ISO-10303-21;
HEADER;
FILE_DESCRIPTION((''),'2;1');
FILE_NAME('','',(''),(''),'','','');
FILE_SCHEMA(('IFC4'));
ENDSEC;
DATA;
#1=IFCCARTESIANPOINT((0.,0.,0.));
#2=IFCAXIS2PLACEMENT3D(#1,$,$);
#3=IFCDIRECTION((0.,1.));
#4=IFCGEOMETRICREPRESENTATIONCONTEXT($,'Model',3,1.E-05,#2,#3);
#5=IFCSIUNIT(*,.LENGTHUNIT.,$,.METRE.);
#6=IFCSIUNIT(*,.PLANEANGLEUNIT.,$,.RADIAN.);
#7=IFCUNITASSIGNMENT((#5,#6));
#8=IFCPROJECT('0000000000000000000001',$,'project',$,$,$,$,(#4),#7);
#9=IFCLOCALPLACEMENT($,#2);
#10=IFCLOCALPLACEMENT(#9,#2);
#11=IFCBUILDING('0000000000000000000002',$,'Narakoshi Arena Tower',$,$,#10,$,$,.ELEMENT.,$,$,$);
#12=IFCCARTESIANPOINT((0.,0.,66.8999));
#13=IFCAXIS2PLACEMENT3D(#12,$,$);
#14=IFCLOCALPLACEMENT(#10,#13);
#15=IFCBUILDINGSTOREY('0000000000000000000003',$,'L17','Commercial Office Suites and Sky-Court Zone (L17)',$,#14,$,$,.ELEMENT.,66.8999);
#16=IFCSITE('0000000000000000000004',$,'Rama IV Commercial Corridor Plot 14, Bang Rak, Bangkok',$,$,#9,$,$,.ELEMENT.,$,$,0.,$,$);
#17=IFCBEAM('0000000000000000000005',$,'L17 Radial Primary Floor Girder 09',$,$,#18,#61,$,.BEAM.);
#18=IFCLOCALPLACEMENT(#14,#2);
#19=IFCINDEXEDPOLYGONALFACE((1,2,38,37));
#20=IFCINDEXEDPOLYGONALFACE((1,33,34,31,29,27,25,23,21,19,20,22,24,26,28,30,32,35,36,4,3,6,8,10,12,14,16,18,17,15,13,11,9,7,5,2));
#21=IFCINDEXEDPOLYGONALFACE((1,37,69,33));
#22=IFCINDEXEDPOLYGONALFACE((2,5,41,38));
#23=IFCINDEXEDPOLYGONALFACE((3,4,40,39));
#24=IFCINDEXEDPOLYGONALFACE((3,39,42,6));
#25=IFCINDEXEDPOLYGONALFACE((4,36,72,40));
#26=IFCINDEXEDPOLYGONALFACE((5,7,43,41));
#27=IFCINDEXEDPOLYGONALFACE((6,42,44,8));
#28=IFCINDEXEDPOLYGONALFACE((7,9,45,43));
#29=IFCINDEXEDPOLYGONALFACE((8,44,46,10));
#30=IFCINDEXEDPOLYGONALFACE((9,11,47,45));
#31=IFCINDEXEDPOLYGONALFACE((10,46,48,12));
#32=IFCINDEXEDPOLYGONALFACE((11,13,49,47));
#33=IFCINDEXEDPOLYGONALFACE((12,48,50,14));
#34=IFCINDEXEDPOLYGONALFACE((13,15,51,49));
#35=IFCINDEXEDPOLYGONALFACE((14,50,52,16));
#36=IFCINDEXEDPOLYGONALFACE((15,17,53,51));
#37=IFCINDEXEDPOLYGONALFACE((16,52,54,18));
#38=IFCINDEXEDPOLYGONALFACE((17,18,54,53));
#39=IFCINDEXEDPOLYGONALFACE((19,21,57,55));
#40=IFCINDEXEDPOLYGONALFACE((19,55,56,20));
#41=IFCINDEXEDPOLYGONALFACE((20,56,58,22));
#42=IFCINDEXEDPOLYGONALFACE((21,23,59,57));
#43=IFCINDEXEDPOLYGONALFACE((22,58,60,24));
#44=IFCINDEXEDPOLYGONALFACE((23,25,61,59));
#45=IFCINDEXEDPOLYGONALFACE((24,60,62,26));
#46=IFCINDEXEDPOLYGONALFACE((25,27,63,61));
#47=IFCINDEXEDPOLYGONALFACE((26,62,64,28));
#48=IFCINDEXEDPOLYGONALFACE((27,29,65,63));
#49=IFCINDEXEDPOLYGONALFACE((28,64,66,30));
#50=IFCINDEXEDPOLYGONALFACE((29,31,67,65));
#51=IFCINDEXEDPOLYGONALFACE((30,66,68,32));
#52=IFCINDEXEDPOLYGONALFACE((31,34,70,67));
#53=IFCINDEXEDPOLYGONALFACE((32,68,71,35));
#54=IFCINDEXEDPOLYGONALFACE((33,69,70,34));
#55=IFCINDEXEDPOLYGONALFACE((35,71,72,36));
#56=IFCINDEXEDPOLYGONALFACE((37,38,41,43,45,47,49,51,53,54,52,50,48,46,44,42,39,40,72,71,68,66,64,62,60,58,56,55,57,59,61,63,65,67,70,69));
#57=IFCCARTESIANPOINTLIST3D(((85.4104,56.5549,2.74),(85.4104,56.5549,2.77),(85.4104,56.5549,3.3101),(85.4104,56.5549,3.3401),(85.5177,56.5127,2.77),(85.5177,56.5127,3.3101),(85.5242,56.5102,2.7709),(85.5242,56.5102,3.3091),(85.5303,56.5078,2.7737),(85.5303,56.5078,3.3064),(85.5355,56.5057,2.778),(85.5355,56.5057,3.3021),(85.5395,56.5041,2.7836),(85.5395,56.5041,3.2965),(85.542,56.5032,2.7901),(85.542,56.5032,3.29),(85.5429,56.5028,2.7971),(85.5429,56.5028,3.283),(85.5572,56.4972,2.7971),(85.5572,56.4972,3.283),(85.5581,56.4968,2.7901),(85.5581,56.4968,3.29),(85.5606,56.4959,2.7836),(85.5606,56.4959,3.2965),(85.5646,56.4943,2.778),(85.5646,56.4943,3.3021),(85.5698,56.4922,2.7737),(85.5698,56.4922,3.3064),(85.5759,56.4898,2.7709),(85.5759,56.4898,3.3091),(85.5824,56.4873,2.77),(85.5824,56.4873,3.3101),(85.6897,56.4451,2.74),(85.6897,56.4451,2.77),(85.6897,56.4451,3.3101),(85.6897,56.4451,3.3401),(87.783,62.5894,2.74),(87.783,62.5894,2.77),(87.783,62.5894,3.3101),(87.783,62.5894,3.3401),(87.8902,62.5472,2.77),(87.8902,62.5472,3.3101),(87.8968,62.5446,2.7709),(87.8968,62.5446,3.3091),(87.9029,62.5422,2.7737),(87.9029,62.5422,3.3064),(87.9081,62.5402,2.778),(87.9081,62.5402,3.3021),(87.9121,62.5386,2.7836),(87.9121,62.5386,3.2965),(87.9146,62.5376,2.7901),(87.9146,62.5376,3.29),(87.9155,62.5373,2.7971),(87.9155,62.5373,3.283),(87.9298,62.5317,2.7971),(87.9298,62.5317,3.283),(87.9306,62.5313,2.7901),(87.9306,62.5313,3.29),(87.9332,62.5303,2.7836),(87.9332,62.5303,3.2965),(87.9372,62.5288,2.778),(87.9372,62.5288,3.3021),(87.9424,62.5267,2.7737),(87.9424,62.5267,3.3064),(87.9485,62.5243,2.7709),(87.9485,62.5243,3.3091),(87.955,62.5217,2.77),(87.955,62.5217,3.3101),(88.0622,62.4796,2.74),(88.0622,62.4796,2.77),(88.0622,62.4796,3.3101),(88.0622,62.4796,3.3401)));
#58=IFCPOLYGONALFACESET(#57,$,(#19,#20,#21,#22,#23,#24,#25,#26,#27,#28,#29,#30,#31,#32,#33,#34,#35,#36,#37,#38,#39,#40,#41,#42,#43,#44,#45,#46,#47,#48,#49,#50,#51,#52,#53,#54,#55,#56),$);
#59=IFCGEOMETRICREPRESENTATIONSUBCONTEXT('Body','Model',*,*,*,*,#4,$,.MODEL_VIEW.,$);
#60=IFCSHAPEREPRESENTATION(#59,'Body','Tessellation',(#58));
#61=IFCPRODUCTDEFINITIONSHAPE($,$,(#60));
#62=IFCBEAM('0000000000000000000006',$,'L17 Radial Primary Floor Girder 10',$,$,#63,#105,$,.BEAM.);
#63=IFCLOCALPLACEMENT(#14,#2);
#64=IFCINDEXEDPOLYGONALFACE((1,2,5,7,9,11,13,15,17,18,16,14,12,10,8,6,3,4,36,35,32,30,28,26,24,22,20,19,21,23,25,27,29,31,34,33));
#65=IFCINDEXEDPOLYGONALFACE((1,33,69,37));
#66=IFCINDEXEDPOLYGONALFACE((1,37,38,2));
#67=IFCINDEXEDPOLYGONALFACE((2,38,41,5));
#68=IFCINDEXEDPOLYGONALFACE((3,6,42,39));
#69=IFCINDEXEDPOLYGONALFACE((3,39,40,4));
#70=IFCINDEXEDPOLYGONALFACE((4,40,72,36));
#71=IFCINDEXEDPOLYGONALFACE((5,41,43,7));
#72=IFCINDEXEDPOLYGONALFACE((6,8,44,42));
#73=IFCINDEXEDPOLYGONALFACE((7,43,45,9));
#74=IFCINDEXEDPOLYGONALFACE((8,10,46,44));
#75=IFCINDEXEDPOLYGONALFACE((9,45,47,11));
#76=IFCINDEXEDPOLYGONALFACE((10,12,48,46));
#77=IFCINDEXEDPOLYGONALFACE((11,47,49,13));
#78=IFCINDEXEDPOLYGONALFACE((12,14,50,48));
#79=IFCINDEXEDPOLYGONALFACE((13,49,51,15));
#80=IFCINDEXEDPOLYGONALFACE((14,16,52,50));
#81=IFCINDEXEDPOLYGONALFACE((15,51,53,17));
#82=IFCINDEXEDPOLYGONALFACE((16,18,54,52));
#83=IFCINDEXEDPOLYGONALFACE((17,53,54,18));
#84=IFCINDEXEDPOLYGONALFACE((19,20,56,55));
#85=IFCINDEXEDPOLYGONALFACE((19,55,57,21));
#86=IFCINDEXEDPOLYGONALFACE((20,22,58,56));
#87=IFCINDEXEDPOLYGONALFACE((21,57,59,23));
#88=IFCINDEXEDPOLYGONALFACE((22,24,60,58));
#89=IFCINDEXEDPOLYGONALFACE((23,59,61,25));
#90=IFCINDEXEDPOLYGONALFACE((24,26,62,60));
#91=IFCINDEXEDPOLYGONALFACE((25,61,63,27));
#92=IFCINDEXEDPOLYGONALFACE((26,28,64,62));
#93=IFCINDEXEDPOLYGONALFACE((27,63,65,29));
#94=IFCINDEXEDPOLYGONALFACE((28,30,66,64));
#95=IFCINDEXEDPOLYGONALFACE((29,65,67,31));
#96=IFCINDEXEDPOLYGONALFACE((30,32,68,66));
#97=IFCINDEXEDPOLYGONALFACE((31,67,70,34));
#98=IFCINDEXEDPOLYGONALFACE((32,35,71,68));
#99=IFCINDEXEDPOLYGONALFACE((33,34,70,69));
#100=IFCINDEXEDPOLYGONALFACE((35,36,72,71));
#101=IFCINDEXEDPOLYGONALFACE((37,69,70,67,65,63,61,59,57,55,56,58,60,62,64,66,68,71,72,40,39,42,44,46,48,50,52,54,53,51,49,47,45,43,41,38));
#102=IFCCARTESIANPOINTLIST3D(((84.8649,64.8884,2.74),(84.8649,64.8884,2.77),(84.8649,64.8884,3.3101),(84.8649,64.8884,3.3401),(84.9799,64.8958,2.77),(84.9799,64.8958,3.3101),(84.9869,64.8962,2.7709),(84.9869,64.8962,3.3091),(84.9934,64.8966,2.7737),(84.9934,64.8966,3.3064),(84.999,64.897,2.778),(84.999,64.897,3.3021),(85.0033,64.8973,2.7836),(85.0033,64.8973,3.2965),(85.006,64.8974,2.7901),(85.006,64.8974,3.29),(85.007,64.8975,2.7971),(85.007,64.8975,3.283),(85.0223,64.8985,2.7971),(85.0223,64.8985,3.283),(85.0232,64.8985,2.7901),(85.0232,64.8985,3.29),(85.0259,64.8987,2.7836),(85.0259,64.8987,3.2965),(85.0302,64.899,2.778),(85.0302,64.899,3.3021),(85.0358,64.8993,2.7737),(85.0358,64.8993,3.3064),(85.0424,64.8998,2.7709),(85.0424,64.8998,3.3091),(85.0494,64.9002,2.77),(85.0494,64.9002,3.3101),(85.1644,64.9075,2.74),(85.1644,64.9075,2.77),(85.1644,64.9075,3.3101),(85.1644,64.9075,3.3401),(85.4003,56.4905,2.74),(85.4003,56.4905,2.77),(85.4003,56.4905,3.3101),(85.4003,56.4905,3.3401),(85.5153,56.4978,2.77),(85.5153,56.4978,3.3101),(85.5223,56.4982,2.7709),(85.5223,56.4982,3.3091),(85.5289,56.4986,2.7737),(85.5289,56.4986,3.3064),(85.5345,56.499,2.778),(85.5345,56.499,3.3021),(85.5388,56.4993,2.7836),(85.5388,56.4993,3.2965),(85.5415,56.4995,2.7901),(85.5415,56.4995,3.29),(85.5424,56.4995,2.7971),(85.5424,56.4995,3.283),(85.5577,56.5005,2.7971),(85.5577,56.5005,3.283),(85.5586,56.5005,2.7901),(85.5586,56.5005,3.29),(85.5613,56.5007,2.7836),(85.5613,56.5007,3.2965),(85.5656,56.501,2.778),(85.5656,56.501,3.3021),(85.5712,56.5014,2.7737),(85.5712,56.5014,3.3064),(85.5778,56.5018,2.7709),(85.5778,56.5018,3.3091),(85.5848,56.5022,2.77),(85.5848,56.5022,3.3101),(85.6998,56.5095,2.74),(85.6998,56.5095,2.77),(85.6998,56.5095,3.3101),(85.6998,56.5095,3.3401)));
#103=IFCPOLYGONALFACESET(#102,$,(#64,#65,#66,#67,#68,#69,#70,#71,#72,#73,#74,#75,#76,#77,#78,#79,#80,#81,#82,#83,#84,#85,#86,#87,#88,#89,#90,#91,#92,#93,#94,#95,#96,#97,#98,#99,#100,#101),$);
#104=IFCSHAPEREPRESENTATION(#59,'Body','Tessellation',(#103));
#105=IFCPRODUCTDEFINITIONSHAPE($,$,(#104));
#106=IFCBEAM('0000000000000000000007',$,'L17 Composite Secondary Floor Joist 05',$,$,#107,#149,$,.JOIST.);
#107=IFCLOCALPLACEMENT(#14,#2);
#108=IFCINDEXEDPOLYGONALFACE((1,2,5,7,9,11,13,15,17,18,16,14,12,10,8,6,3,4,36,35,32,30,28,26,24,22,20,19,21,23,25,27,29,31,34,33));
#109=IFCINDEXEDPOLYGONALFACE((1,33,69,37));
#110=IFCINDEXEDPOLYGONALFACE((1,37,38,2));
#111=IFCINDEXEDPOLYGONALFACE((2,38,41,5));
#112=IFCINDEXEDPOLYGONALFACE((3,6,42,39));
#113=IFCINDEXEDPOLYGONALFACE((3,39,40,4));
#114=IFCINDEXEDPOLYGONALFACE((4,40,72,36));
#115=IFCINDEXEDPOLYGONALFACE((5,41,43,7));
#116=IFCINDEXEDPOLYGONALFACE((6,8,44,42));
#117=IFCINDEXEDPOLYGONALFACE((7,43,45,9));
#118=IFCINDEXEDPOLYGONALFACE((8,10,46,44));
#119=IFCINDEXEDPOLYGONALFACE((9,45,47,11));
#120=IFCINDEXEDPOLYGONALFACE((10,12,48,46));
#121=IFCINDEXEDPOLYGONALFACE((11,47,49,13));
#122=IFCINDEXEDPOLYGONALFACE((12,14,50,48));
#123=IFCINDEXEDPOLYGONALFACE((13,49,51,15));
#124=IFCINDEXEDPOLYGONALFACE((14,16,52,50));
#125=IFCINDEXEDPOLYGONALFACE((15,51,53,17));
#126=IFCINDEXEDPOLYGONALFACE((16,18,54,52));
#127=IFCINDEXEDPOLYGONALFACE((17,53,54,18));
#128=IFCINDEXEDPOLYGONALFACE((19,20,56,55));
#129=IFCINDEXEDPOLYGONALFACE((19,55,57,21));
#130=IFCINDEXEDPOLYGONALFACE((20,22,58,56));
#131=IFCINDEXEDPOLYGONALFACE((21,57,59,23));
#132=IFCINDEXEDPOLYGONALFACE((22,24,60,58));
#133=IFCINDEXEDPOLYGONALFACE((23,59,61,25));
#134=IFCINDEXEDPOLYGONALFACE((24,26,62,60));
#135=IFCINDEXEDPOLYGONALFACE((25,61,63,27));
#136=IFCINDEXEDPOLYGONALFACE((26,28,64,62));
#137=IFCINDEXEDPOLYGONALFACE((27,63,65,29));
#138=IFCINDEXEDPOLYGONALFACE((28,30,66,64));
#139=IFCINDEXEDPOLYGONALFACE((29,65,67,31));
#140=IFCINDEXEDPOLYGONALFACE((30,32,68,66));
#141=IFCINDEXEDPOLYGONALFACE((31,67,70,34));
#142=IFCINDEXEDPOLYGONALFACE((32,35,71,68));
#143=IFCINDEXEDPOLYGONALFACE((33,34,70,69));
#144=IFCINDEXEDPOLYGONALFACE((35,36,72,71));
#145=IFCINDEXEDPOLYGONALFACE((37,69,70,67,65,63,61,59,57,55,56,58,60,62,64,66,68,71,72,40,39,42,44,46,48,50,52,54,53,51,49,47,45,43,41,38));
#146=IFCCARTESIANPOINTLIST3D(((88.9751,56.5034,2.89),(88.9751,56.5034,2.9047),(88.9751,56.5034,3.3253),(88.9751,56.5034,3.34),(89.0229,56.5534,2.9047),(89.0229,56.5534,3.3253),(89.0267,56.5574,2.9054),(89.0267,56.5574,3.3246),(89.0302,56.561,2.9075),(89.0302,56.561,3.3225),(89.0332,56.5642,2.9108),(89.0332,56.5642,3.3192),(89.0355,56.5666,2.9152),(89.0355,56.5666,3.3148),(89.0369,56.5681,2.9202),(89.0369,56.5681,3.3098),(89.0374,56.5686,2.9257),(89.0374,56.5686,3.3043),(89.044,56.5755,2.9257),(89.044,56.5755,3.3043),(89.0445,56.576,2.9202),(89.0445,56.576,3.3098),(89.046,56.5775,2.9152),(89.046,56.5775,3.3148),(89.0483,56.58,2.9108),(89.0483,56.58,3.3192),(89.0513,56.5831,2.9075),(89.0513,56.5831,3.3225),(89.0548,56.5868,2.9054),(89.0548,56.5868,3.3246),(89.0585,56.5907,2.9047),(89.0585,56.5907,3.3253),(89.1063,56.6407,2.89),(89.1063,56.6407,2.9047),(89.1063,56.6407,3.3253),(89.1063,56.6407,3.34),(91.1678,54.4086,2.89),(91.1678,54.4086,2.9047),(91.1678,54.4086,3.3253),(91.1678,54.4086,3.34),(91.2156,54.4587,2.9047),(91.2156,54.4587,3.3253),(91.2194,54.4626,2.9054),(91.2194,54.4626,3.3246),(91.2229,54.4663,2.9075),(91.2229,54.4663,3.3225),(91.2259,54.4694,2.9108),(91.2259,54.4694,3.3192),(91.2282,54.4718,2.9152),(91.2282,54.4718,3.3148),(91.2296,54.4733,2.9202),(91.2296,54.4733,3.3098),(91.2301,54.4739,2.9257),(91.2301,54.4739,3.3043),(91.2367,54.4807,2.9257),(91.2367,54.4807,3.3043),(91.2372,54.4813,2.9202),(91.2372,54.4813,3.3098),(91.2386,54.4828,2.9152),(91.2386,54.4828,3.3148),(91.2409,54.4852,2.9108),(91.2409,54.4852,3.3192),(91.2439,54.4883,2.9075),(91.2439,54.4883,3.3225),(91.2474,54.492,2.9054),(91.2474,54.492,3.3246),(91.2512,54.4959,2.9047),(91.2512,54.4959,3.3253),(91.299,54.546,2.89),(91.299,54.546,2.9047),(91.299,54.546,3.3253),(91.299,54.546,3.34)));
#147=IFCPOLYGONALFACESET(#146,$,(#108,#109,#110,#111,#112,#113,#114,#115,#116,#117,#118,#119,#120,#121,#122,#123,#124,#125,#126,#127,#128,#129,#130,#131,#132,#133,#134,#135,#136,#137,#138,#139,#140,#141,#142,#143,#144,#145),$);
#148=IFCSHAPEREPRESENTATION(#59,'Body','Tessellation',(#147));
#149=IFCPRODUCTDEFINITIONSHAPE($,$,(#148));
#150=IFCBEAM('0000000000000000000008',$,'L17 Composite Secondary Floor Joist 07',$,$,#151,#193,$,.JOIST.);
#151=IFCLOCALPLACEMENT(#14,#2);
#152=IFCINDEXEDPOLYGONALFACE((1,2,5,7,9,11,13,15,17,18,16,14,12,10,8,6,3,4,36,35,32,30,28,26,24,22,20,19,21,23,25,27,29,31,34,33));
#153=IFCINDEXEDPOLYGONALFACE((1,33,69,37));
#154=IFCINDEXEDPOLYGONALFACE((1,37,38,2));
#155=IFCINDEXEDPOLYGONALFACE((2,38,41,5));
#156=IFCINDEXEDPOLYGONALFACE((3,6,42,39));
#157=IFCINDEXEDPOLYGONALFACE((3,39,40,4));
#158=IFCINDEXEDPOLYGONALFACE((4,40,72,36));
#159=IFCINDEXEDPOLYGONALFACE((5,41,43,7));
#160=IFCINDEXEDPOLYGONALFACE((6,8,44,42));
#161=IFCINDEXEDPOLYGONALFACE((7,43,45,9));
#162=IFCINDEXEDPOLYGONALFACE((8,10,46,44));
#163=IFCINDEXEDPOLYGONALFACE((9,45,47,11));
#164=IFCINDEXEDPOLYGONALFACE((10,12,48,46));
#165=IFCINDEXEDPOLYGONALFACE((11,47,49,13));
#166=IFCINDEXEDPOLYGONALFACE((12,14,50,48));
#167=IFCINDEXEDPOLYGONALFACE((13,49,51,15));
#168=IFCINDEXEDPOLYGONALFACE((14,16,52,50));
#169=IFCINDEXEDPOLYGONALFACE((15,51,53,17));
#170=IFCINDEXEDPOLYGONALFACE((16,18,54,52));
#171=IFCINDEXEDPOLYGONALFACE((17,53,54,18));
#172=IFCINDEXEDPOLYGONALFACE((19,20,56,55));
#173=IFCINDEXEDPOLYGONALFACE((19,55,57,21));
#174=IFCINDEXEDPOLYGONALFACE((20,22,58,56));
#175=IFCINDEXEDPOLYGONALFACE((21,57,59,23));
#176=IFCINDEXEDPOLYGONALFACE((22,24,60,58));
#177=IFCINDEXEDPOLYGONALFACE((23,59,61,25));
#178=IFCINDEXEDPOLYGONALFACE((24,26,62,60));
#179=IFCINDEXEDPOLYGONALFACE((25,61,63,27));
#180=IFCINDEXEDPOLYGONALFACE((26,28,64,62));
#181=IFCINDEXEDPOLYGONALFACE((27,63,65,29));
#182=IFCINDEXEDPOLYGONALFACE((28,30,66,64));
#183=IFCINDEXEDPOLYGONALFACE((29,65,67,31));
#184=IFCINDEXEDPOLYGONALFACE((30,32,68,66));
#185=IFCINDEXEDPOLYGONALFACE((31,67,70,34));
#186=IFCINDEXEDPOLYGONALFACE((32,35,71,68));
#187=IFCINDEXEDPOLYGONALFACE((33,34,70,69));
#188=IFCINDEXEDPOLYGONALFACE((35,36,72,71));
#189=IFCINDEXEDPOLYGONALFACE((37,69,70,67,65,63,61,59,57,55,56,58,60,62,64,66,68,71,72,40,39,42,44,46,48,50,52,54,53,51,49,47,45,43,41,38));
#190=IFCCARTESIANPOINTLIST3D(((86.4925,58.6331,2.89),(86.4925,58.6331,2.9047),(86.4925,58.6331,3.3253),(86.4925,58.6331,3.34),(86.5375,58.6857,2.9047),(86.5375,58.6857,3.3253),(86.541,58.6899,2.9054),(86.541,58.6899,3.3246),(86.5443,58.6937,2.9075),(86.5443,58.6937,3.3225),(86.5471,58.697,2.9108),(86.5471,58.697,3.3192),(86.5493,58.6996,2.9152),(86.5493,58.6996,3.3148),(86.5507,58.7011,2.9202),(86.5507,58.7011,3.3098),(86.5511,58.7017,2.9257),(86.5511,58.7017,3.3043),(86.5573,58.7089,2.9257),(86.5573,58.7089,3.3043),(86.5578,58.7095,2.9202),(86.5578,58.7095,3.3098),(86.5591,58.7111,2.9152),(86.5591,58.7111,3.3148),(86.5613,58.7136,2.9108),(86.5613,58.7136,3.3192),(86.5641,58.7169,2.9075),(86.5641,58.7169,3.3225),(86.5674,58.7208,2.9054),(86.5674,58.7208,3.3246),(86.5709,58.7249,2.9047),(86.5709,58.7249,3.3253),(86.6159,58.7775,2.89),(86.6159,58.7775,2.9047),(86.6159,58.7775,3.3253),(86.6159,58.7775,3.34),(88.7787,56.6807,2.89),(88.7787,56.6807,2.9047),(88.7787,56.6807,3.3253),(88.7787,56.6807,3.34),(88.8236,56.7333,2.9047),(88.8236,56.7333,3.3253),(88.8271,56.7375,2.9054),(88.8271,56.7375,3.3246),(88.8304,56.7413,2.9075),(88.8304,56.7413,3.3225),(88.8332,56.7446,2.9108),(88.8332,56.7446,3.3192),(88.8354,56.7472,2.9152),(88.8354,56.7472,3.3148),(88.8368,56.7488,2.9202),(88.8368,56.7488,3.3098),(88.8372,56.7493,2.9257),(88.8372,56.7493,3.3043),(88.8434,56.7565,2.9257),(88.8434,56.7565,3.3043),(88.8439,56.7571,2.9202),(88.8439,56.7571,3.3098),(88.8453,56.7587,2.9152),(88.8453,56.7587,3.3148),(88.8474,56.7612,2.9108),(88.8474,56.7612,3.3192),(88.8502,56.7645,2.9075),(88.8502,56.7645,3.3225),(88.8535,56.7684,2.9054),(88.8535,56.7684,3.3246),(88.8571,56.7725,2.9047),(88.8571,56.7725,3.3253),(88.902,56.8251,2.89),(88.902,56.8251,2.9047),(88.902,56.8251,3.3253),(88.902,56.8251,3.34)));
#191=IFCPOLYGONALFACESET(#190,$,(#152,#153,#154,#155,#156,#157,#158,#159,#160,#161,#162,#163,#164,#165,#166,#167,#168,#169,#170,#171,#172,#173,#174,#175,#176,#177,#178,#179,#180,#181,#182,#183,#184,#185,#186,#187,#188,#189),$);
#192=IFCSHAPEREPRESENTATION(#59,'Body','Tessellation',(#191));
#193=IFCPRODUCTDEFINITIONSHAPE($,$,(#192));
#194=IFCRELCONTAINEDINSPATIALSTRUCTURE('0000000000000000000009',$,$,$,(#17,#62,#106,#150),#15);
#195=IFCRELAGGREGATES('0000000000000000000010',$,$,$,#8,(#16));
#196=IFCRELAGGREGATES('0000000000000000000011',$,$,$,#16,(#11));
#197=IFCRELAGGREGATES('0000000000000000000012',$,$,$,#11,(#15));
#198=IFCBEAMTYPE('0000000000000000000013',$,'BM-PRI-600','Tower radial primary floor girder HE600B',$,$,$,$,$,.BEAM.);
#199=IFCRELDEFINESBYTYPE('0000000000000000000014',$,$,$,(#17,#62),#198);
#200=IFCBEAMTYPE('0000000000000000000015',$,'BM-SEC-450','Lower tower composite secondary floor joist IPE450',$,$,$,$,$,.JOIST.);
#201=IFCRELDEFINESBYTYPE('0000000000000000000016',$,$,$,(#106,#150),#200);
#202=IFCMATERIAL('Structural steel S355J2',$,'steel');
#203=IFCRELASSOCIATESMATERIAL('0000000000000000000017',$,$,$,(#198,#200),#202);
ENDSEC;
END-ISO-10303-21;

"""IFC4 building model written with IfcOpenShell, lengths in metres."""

from ifc_helpers import new_model, si_unit, direction, frame, origin, origin_2d, place, context, subcontext, project, spatial, i_section, extrude, material, material_profile, profile_set, type_object, element, save


model = new_model("IFC4")

# Units and contexts
model_context = context("Model", 3, precision=1e-05, world=origin(), true_north=direction((0.0, 1.0)))
body_context = subcontext(model_context, "Body", "Model", "MODEL_VIEW")
ifc_project = project(units=[si_unit("LENGTHUNIT", "METRE"), si_unit("PLANEANGLEUNIT", "RADIAN")], contexts=[model_context])

# Site, building, storey
site_placement = place(None, origin())
site = spatial("IfcSite", under=ifc_project, at=site_placement, Name="Rama IV Commercial Corridor Plot 14, Bang Rak, Bangkok", CompositionType="ELEMENT", RefElevation=0.0)
building_placement = place(site_placement, origin())
building = spatial("IfcBuilding", under=site, at=building_placement, Name="Narakoshi Arena Tower", CompositionType="ELEMENT")
storey_placement = place(building_placement, frame((0.0, 0.0, 66.8999)))
storey = spatial("IfcBuildingStorey", under=building, at=storey_placement, Name="L17", Description="Commercial Office Suites and Sky-Court Zone (L17)", CompositionType="ELEMENT", Elevation=66.8999)

# Beams
ifc_material_1 = material(Name="Structural steel S355J2", Category="steel")
ifc_material_profile_1 = material_profile(ifc_material_1, i_section(OverallWidth=0.3, OverallDepth=0.6001, WebThickness=0.0154, FlangeThickness=0.03, FilletRadius=0.0271, at=origin_2d()), Name="HE600B")
ifc_profile_set_1 = profile_set([ifc_material_profile_1], Name="Structural steel S355J2")
beam_type_1 = type_object("IfcBeamType", Name="BM-PRI-600", Description="Tower radial primary floor girder HE600B", PredefinedType="BEAM", material=ifc_profile_set_1)
beam_1_placement = place(storey_placement, frame((85.55, 56.5, 3.04), z_axis=(0.365905, 0.930652, 0.0), x_axis=(-0.930652, 0.365905, 0.0)))
element("IfcBeam", 1, at=beam_1_placement, inside=storey, type_object=beam_type_1, Name="L17 Radial Primary Floor Girder 09", PredefinedType="BEAM", context=body_context, shape_type="SweptSolid", body=[
    extrude(i_section(OverallWidth=0.3, OverallDepth=0.6001, WebThickness=0.0154, FlangeThickness=0.03, FilletRadius=0.0271, at=origin_2d()), origin(), (0.0, 0.0, 1.0), 6.4841),
])
beam_2_placement = place(storey_placement, frame((85.55, 56.5, 3.04), z_axis=(-0.063625, 0.997974, 0.0), x_axis=(-0.997974, -0.063625, 0.0)))
element("IfcBeam", 2, at=beam_2_placement, inside=storey, type_object=beam_type_1, Name="L17 Radial Primary Floor Girder 10", PredefinedType="BEAM", context=body_context, shape_type="SweptSolid", body=[
    extrude(i_section(OverallWidth=0.3, OverallDepth=0.6001, WebThickness=0.0154, FlangeThickness=0.03, FilletRadius=0.0271, at=origin_2d()), origin(), (0.0, 0.0, 1.0), 8.415),
])
ifc_material_profile_2 = material_profile(ifc_material_1, i_section(OverallWidth=0.1899, OverallDepth=0.45, WebThickness=0.0095, FlangeThickness=0.0146, FilletRadius=0.021, at=origin_2d()), Name="IPE450")
ifc_profile_set_2 = profile_set([ifc_material_profile_2], Name="Structural steel S355J2")
beam_type_2 = type_object("IfcBeamType", Name="BM-SEC-450", Description="Lower tower composite secondary floor joist IPE450", PredefinedType="JOIST", material=ifc_profile_set_2)
beam_3_placement = place(storey_placement, frame((91.2334, 54.4773, 3.115), z_axis=(-0.723065, 0.69078, 0.0), x_axis=(-0.69078, -0.723065, 0.0)))
element("IfcBeam", 3, at=beam_3_placement, inside=storey, type_object=beam_type_2, Name="L17 Composite Secondary Floor Joist 05", PredefinedType="JOIST", context=body_context, shape_type="SweptSolid", body=[
    extrude(i_section(OverallWidth=0.1899, OverallDepth=0.45, WebThickness=0.0095, FlangeThickness=0.0146, FilletRadius=0.021, at=origin_2d()), origin(), (0.0, 0.0, 1.0), 3.0325),
])
beam_4_placement = place(storey_placement, frame((88.8403, 56.7529, 3.115), z_axis=(-0.76043, 0.649419, 0.0), x_axis=(-0.649419, -0.76043, 0.0)))
element("IfcBeam", 4, at=beam_4_placement, inside=storey, type_object=beam_type_2, Name="L17 Composite Secondary Floor Joist 07", PredefinedType="JOIST", context=body_context, shape_type="SweptSolid", body=[
    extrude(i_section(OverallWidth=0.1899, OverallDepth=0.45, WebThickness=0.0095, FlangeThickness=0.0146, FilletRadius=0.021, at=origin_2d()), origin(), (0.0, 0.0, 1.0), 3.0063),
])

save(model, "model.ifc")
